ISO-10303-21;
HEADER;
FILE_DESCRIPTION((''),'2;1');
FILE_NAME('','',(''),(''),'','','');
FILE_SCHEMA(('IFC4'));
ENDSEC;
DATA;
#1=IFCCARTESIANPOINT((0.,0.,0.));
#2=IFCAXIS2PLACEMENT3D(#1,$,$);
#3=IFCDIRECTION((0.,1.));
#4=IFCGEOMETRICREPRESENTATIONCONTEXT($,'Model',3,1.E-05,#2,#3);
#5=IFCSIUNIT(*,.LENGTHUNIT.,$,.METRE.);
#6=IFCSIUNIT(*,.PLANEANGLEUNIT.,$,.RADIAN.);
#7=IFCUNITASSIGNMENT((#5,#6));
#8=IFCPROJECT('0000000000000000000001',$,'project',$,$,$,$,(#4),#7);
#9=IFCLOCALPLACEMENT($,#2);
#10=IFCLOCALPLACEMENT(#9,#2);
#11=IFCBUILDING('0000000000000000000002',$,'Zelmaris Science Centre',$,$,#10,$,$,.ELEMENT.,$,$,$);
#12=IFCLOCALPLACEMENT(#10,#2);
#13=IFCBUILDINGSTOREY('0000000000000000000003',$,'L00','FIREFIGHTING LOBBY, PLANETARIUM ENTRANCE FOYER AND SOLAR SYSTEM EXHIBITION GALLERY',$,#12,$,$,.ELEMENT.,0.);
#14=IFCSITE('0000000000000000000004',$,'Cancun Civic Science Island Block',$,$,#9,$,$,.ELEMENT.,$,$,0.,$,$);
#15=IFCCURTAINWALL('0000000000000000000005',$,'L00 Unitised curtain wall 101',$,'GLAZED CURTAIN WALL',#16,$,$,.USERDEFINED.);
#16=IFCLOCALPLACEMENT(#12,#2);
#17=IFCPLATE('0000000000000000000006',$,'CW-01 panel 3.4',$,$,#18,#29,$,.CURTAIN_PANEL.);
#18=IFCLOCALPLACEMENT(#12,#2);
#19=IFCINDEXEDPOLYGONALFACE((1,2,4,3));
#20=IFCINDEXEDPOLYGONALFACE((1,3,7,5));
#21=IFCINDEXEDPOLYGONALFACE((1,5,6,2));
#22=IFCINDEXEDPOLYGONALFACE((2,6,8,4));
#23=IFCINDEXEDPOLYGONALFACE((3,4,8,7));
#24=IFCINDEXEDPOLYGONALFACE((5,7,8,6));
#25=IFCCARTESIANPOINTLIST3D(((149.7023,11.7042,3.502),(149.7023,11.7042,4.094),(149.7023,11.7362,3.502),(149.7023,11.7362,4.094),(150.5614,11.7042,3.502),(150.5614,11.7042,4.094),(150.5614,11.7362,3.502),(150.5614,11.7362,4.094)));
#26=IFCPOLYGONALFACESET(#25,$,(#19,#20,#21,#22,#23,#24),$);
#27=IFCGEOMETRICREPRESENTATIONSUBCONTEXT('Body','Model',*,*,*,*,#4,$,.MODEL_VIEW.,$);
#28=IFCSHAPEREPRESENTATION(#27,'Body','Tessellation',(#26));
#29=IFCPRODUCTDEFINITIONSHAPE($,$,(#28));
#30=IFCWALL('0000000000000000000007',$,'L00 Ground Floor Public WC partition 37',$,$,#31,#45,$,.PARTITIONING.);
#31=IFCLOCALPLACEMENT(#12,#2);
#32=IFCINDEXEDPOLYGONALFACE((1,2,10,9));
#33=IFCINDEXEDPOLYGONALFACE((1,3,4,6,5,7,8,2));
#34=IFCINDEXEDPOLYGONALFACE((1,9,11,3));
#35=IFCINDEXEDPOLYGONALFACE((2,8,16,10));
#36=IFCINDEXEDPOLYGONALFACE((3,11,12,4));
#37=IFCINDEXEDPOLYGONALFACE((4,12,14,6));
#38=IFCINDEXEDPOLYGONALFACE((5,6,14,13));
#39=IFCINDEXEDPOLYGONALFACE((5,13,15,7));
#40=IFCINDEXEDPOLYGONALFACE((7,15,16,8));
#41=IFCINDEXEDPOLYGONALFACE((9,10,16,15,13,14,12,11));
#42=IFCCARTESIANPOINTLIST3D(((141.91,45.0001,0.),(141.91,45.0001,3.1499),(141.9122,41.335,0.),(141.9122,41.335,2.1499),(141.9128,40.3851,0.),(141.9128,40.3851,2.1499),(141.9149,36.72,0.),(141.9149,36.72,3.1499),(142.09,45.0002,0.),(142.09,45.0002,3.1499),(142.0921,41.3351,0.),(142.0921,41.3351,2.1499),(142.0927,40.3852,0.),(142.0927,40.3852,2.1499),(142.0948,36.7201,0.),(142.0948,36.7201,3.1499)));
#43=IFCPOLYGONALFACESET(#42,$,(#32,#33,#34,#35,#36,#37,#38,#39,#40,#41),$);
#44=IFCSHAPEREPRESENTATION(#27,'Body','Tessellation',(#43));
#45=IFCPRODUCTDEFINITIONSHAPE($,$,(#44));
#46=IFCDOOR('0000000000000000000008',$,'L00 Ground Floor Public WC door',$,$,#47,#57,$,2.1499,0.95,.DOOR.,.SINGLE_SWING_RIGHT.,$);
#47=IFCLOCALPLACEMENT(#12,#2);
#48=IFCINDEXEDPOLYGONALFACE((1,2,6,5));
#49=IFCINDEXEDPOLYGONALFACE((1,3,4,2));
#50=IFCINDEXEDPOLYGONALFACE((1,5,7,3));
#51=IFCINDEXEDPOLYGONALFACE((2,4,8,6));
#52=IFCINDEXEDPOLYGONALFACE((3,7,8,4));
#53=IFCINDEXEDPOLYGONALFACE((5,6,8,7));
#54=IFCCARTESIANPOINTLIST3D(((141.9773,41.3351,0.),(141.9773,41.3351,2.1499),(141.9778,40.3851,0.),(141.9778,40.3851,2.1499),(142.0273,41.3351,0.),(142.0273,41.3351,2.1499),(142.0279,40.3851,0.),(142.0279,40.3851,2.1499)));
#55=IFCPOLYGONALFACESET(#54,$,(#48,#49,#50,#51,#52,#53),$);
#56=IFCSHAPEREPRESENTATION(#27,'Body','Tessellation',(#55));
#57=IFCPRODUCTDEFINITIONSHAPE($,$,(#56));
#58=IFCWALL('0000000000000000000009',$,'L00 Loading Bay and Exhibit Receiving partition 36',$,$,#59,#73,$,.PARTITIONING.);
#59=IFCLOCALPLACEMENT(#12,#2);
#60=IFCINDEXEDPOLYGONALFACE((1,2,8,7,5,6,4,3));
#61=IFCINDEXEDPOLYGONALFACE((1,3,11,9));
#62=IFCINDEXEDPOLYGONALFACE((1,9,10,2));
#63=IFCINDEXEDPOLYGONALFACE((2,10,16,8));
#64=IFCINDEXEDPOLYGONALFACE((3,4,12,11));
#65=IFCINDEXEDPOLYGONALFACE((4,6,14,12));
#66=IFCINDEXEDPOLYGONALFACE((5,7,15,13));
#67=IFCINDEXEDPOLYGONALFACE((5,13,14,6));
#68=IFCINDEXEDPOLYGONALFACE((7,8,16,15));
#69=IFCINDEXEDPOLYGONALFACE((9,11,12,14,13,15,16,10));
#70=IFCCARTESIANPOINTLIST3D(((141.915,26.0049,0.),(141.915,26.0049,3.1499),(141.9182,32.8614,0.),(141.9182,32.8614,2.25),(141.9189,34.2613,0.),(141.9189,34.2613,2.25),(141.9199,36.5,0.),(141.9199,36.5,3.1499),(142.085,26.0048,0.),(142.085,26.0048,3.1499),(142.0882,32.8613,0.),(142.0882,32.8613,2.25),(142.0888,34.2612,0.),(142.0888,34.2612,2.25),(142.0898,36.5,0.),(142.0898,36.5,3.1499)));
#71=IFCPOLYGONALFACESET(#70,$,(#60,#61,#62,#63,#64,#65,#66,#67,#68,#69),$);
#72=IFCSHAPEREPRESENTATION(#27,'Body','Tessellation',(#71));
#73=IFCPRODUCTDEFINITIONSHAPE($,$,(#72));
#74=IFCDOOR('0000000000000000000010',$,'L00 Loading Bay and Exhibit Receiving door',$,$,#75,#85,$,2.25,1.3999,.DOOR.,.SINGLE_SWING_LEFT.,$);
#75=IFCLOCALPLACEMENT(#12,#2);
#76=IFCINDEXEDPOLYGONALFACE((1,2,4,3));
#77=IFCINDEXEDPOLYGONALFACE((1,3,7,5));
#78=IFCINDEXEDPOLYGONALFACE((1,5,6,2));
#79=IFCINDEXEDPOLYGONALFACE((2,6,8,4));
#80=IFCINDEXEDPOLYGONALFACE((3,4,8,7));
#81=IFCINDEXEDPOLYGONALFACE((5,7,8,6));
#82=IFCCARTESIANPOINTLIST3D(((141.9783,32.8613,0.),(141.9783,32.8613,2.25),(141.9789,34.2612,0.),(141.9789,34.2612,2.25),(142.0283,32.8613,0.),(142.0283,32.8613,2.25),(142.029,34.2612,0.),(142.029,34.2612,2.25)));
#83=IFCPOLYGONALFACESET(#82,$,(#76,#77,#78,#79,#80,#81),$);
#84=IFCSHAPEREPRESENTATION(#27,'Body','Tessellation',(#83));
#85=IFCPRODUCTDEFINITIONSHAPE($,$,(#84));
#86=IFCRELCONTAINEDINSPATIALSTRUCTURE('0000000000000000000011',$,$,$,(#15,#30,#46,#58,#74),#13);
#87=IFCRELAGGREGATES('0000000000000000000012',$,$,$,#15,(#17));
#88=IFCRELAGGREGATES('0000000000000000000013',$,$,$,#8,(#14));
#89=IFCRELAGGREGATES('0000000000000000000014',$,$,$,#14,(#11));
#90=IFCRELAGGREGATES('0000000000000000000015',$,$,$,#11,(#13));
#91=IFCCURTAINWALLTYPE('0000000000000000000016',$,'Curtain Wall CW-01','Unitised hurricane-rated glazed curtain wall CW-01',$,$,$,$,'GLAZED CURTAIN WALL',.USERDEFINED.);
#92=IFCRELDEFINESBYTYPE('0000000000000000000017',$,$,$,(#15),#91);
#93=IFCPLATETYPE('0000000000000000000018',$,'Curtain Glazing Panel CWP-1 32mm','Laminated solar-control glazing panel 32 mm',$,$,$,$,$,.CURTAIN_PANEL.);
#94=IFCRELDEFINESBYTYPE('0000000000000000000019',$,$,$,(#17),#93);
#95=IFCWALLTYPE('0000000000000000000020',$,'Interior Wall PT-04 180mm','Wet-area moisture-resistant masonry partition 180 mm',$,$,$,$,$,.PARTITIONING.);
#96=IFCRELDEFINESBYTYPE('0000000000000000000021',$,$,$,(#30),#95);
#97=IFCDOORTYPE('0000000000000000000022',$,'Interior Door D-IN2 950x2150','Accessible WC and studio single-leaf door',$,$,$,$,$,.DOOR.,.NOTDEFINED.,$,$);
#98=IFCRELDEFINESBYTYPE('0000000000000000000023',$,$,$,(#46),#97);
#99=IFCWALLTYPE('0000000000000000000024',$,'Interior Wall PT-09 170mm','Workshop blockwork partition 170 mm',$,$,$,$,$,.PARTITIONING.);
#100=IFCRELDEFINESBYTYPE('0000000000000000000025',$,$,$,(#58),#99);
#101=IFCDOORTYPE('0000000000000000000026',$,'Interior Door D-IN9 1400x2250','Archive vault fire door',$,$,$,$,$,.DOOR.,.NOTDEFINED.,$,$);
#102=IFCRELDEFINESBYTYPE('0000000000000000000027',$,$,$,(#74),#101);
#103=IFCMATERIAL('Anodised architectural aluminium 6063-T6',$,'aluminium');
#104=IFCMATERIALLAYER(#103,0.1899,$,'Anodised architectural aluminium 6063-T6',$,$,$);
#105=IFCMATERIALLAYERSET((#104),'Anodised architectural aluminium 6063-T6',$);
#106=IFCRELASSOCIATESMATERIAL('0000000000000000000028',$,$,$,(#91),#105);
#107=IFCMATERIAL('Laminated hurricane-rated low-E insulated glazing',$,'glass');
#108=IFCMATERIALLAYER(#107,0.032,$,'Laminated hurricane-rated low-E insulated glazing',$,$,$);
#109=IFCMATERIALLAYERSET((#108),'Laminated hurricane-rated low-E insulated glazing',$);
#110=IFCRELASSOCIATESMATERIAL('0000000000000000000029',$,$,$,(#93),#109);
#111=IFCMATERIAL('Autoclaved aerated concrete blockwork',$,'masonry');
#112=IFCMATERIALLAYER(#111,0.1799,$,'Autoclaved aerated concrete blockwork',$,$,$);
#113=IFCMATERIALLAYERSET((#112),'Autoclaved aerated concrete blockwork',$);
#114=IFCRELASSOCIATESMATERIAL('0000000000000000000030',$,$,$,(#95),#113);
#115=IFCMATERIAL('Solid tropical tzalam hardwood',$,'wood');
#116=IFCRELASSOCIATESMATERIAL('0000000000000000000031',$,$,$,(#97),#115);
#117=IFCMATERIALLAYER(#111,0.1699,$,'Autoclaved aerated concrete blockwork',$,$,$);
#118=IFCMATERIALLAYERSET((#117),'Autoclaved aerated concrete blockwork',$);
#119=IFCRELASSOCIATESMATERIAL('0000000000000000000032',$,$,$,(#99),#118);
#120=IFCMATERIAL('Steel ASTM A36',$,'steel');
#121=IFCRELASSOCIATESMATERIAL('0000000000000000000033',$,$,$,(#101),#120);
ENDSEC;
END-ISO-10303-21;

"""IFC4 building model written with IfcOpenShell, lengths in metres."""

from ifc_helpers import new_model, si_unit, direction, frame, frame_2d, origin, origin_2d, place, context, subcontext, project, spatial, rectangle, extrude, material, layer, layer_set, type_object, element, fill, aggregate, save


model = new_model("IFC4")

# Units and contexts
model_context = context("Model", 3, precision=1e-05, world=origin(), true_north=direction((0.0, 1.0)))
body_context = subcontext(model_context, "Body", "Model", "MODEL_VIEW")
ifc_project = project(units=[si_unit("LENGTHUNIT", "METRE"), si_unit("PLANEANGLEUNIT", "RADIAN")], contexts=[model_context])

# Site, building, storey
site_placement = place(None, origin())
site = spatial("IfcSite", under=ifc_project, at=site_placement, Name="Cancun Civic Science Island Block", CompositionType="ELEMENT", RefElevation=0.0)
building_placement = place(site_placement, origin())
building = spatial("IfcBuilding", under=site, at=building_placement, Name="Zelmaris Science Centre", CompositionType="ELEMENT")
storey_placement = place(building_placement, origin())
storey = spatial("IfcBuildingStorey", under=building, at=storey_placement, Name="L00", Description="FIREFIGHTING LOBBY, PLANETARIUM ENTRANCE FOYER AND SOLAR SYSTEM EXHIBITION GALLERY", CompositionType="ELEMENT", Elevation=0.0)

# Curtain wall
ifc_material_1 = material(Name="Anodised architectural aluminium 6063-T6", Category="aluminium")
ifc_layer_1 = layer(ifc_material_1, 0.1899, Name="Anodised architectural aluminium 6063-T6")
ifc_layer_set_1 = layer_set([ifc_layer_1], Name="Anodised architectural aluminium 6063-T6")
curtain_wall_type = type_object("IfcCurtainWallType", Name="Curtain Wall CW-01", Description="Unitised hurricane-rated glazed curtain wall CW-01", ElementType="GLAZED CURTAIN WALL", PredefinedType="USERDEFINED", material=ifc_layer_set_1)
curtain_wall_placement = place(storey_placement, origin())
curtain_wall = element("IfcCurtainWall", 1, at=curtain_wall_placement, inside=storey, type_object=curtain_wall_type, Name="L00 Unitised curtain wall 101", ObjectType="GLAZED CURTAIN WALL", PredefinedType="USERDEFINED")

# Plate
ifc_material_2 = material(Name="Laminated hurricane-rated low-E insulated glazing", Category="glass")
ifc_layer_2 = layer(ifc_material_2, 0.032, Name="Laminated hurricane-rated low-E insulated glazing")
ifc_layer_set_2 = layer_set([ifc_layer_2], Name="Laminated hurricane-rated low-E insulated glazing")
plate_type = type_object("IfcPlateType", Name="Curtain Glazing Panel CWP-1 32mm", Description="Laminated solar-control glazing panel 32 mm", PredefinedType="CURTAIN_PANEL", material=ifc_layer_set_2)
plate_1_placement = place(storey_placement, frame((150.1318, 11.7202, 3.502), z_axis=(0.0, 0.0, 1.0), x_axis=(-1.0, 0.0, 0.0)))
plate_1 = element("IfcPlate", 2, at=plate_1_placement, type_object=plate_type, Name="CW-01 panel 3.4", PredefinedType="CURTAIN_PANEL", context=body_context, shape_type="SweptSolid", body=[
    extrude(rectangle(XDim=0.8591, YDim=0.032, at=origin_2d()), origin(), (0.0, 0.0, 1.0), 0.592),
])
aggregate(curtain_wall, [plate_1])

# Walls, openings, doors
ifc_material_3 = material(Name="Autoclaved aerated concrete blockwork", Category="masonry")
ifc_layer_3 = layer(ifc_material_3, 0.1799, Name="Autoclaved aerated concrete blockwork")
ifc_layer_set_3 = layer_set([ifc_layer_3], Name="Autoclaved aerated concrete blockwork")
wall_type_1 = type_object("IfcWallType", Name="Interior Wall PT-04 180mm", Description="Wet-area moisture-resistant masonry partition 180 mm", PredefinedType="PARTITIONING", material=ifc_layer_set_3)
wall_1_placement = place(storey_placement, frame((142.0049, 36.72, 0.0), z_axis=(0.0, 0.0, 1.0), x_axis=(-0.00059, 1.0, 0.0)))
wall_1 = element("IfcWall", 3, at=wall_1_placement, inside=storey, type_object=wall_type_1, Name="L00 Ground Floor Public WC partition 37", PredefinedType="PARTITIONING", context=body_context, shape_type="SweptSolid", body=[
    extrude(rectangle(XDim=8.28, YDim=0.1799, at=frame_2d((4.1401, 0.0))), origin(), (0.0, 0.0, 1.0), 3.1499),
])
opening_1_placement = place(wall_1_placement, frame((3.665, 0.0, 0.0)))
opening_1 = element("IfcOpeningElement", 4, at=opening_1_placement, cuts=wall_1, PredefinedType="OPENING", context=body_context, shape_type="SweptSolid", body=[
    extrude(rectangle(XDim=0.95, YDim=2.1499, at=frame_2d((0.4751, 1.075))), frame((0.0, 0.0999, 0.0), z_axis=(0.0, -1.0, 0.0), x_axis=(1.0, 0.0, 0.0)), (0.0, 0.0, 1.0), 0.2),
])
ifc_material_4 = material(Name="Solid tropical tzalam hardwood", Category="wood")
door_type_1 = type_object("IfcDoorType", Name="Interior Door D-IN2 950x2150", Description="Accessible WC and studio single-leaf door", OperationType="NOTDEFINED", PredefinedType="DOOR", material=ifc_material_4)
door_1_placement = place(opening_1_placement, origin())
door_1 = element("IfcDoor", 5, at=door_1_placement, inside=storey, type_object=door_type_1, Name="L00 Ground Floor Public WC door", OperationType="SINGLE_SWING_RIGHT", OverallHeight=2.1499, OverallWidth=0.95, PredefinedType="DOOR", context=body_context, shape_type="SweptSolid", body=[
    extrude(rectangle(XDim=0.95, YDim=2.1499, at=frame_2d((0.4751, 1.075))), frame((0.0, 0.0249, 0.0), z_axis=(0.0, -1.0, 0.0), x_axis=(1.0, 0.0, 0.0)), (0.0, 0.0, 1.0), 0.05),
])
fill(opening_1, door_1)
ifc_layer_4 = layer(ifc_material_3, 0.1699, Name="Autoclaved aerated concrete blockwork")
ifc_layer_set_4 = layer_set([ifc_layer_4], Name="Autoclaved aerated concrete blockwork")
wall_type_2 = type_object("IfcWallType", Name="Interior Wall PT-09 170mm", Description="Workshop blockwork partition 170 mm", PredefinedType="PARTITIONING", material=ifc_layer_set_4)
wall_2_placement = place(storey_placement, frame((142.0, 26.0049, 0.0), z_axis=(0.0, 0.0, 1.0), x_axis=(0.000465, 1.0, 0.0)))
wall_2 = element("IfcWall", 6, at=wall_2_placement, inside=storey, type_object=wall_type_2, Name="L00 Loading Bay and Exhibit Receiving partition 36", PredefinedType="PARTITIONING", context=body_context, shape_type="SweptSolid", body=[
    extrude(rectangle(XDim=10.4951, YDim=0.1699, at=frame_2d((5.2476, 0.0))), origin(), (0.0, 0.0, 1.0), 3.1499),
])
opening_2_placement = place(wall_2_placement, frame((6.8564, 0.0, 0.0)))
opening_2 = element("IfcOpeningElement", 7, at=opening_2_placement, cuts=wall_2, PredefinedType="OPENING", context=body_context, shape_type="SweptSolid", body=[
    extrude(rectangle(XDim=1.3999, YDim=2.25, at=frame_2d((0.7, 1.125))), frame((0.0, 0.095, 0.0), z_axis=(0.0, -1.0, 0.0), x_axis=(1.0, 0.0, 0.0)), (0.0, 0.0, 1.0), 0.1899),
])
ifc_material_5 = material(Name="Steel ASTM A36", Category="steel")
door_type_2 = type_object("IfcDoorType", Name="Interior Door D-IN9 1400x2250", Description="Archive vault fire door", OperationType="NOTDEFINED", PredefinedType="DOOR", material=ifc_material_5)
door_2_placement = place(opening_2_placement, origin())
door_2 = element("IfcDoor", 8, at=door_2_placement, inside=storey, type_object=door_type_2, Name="L00 Loading Bay and Exhibit Receiving door", OperationType="SINGLE_SWING_LEFT", OverallHeight=2.25, OverallWidth=1.3999, PredefinedType="DOOR", context=body_context, shape_type="SweptSolid", body=[
    extrude(rectangle(XDim=1.3999, YDim=2.25, at=frame_2d((0.7, 1.125))), frame((0.0, 0.0249, 0.0), z_axis=(0.0, -1.0, 0.0), x_axis=(1.0, 0.0, 0.0)), (0.0, 0.0, 1.0), 0.05),
])
fill(opening_2, door_2)

save(model, "model.ifc")
